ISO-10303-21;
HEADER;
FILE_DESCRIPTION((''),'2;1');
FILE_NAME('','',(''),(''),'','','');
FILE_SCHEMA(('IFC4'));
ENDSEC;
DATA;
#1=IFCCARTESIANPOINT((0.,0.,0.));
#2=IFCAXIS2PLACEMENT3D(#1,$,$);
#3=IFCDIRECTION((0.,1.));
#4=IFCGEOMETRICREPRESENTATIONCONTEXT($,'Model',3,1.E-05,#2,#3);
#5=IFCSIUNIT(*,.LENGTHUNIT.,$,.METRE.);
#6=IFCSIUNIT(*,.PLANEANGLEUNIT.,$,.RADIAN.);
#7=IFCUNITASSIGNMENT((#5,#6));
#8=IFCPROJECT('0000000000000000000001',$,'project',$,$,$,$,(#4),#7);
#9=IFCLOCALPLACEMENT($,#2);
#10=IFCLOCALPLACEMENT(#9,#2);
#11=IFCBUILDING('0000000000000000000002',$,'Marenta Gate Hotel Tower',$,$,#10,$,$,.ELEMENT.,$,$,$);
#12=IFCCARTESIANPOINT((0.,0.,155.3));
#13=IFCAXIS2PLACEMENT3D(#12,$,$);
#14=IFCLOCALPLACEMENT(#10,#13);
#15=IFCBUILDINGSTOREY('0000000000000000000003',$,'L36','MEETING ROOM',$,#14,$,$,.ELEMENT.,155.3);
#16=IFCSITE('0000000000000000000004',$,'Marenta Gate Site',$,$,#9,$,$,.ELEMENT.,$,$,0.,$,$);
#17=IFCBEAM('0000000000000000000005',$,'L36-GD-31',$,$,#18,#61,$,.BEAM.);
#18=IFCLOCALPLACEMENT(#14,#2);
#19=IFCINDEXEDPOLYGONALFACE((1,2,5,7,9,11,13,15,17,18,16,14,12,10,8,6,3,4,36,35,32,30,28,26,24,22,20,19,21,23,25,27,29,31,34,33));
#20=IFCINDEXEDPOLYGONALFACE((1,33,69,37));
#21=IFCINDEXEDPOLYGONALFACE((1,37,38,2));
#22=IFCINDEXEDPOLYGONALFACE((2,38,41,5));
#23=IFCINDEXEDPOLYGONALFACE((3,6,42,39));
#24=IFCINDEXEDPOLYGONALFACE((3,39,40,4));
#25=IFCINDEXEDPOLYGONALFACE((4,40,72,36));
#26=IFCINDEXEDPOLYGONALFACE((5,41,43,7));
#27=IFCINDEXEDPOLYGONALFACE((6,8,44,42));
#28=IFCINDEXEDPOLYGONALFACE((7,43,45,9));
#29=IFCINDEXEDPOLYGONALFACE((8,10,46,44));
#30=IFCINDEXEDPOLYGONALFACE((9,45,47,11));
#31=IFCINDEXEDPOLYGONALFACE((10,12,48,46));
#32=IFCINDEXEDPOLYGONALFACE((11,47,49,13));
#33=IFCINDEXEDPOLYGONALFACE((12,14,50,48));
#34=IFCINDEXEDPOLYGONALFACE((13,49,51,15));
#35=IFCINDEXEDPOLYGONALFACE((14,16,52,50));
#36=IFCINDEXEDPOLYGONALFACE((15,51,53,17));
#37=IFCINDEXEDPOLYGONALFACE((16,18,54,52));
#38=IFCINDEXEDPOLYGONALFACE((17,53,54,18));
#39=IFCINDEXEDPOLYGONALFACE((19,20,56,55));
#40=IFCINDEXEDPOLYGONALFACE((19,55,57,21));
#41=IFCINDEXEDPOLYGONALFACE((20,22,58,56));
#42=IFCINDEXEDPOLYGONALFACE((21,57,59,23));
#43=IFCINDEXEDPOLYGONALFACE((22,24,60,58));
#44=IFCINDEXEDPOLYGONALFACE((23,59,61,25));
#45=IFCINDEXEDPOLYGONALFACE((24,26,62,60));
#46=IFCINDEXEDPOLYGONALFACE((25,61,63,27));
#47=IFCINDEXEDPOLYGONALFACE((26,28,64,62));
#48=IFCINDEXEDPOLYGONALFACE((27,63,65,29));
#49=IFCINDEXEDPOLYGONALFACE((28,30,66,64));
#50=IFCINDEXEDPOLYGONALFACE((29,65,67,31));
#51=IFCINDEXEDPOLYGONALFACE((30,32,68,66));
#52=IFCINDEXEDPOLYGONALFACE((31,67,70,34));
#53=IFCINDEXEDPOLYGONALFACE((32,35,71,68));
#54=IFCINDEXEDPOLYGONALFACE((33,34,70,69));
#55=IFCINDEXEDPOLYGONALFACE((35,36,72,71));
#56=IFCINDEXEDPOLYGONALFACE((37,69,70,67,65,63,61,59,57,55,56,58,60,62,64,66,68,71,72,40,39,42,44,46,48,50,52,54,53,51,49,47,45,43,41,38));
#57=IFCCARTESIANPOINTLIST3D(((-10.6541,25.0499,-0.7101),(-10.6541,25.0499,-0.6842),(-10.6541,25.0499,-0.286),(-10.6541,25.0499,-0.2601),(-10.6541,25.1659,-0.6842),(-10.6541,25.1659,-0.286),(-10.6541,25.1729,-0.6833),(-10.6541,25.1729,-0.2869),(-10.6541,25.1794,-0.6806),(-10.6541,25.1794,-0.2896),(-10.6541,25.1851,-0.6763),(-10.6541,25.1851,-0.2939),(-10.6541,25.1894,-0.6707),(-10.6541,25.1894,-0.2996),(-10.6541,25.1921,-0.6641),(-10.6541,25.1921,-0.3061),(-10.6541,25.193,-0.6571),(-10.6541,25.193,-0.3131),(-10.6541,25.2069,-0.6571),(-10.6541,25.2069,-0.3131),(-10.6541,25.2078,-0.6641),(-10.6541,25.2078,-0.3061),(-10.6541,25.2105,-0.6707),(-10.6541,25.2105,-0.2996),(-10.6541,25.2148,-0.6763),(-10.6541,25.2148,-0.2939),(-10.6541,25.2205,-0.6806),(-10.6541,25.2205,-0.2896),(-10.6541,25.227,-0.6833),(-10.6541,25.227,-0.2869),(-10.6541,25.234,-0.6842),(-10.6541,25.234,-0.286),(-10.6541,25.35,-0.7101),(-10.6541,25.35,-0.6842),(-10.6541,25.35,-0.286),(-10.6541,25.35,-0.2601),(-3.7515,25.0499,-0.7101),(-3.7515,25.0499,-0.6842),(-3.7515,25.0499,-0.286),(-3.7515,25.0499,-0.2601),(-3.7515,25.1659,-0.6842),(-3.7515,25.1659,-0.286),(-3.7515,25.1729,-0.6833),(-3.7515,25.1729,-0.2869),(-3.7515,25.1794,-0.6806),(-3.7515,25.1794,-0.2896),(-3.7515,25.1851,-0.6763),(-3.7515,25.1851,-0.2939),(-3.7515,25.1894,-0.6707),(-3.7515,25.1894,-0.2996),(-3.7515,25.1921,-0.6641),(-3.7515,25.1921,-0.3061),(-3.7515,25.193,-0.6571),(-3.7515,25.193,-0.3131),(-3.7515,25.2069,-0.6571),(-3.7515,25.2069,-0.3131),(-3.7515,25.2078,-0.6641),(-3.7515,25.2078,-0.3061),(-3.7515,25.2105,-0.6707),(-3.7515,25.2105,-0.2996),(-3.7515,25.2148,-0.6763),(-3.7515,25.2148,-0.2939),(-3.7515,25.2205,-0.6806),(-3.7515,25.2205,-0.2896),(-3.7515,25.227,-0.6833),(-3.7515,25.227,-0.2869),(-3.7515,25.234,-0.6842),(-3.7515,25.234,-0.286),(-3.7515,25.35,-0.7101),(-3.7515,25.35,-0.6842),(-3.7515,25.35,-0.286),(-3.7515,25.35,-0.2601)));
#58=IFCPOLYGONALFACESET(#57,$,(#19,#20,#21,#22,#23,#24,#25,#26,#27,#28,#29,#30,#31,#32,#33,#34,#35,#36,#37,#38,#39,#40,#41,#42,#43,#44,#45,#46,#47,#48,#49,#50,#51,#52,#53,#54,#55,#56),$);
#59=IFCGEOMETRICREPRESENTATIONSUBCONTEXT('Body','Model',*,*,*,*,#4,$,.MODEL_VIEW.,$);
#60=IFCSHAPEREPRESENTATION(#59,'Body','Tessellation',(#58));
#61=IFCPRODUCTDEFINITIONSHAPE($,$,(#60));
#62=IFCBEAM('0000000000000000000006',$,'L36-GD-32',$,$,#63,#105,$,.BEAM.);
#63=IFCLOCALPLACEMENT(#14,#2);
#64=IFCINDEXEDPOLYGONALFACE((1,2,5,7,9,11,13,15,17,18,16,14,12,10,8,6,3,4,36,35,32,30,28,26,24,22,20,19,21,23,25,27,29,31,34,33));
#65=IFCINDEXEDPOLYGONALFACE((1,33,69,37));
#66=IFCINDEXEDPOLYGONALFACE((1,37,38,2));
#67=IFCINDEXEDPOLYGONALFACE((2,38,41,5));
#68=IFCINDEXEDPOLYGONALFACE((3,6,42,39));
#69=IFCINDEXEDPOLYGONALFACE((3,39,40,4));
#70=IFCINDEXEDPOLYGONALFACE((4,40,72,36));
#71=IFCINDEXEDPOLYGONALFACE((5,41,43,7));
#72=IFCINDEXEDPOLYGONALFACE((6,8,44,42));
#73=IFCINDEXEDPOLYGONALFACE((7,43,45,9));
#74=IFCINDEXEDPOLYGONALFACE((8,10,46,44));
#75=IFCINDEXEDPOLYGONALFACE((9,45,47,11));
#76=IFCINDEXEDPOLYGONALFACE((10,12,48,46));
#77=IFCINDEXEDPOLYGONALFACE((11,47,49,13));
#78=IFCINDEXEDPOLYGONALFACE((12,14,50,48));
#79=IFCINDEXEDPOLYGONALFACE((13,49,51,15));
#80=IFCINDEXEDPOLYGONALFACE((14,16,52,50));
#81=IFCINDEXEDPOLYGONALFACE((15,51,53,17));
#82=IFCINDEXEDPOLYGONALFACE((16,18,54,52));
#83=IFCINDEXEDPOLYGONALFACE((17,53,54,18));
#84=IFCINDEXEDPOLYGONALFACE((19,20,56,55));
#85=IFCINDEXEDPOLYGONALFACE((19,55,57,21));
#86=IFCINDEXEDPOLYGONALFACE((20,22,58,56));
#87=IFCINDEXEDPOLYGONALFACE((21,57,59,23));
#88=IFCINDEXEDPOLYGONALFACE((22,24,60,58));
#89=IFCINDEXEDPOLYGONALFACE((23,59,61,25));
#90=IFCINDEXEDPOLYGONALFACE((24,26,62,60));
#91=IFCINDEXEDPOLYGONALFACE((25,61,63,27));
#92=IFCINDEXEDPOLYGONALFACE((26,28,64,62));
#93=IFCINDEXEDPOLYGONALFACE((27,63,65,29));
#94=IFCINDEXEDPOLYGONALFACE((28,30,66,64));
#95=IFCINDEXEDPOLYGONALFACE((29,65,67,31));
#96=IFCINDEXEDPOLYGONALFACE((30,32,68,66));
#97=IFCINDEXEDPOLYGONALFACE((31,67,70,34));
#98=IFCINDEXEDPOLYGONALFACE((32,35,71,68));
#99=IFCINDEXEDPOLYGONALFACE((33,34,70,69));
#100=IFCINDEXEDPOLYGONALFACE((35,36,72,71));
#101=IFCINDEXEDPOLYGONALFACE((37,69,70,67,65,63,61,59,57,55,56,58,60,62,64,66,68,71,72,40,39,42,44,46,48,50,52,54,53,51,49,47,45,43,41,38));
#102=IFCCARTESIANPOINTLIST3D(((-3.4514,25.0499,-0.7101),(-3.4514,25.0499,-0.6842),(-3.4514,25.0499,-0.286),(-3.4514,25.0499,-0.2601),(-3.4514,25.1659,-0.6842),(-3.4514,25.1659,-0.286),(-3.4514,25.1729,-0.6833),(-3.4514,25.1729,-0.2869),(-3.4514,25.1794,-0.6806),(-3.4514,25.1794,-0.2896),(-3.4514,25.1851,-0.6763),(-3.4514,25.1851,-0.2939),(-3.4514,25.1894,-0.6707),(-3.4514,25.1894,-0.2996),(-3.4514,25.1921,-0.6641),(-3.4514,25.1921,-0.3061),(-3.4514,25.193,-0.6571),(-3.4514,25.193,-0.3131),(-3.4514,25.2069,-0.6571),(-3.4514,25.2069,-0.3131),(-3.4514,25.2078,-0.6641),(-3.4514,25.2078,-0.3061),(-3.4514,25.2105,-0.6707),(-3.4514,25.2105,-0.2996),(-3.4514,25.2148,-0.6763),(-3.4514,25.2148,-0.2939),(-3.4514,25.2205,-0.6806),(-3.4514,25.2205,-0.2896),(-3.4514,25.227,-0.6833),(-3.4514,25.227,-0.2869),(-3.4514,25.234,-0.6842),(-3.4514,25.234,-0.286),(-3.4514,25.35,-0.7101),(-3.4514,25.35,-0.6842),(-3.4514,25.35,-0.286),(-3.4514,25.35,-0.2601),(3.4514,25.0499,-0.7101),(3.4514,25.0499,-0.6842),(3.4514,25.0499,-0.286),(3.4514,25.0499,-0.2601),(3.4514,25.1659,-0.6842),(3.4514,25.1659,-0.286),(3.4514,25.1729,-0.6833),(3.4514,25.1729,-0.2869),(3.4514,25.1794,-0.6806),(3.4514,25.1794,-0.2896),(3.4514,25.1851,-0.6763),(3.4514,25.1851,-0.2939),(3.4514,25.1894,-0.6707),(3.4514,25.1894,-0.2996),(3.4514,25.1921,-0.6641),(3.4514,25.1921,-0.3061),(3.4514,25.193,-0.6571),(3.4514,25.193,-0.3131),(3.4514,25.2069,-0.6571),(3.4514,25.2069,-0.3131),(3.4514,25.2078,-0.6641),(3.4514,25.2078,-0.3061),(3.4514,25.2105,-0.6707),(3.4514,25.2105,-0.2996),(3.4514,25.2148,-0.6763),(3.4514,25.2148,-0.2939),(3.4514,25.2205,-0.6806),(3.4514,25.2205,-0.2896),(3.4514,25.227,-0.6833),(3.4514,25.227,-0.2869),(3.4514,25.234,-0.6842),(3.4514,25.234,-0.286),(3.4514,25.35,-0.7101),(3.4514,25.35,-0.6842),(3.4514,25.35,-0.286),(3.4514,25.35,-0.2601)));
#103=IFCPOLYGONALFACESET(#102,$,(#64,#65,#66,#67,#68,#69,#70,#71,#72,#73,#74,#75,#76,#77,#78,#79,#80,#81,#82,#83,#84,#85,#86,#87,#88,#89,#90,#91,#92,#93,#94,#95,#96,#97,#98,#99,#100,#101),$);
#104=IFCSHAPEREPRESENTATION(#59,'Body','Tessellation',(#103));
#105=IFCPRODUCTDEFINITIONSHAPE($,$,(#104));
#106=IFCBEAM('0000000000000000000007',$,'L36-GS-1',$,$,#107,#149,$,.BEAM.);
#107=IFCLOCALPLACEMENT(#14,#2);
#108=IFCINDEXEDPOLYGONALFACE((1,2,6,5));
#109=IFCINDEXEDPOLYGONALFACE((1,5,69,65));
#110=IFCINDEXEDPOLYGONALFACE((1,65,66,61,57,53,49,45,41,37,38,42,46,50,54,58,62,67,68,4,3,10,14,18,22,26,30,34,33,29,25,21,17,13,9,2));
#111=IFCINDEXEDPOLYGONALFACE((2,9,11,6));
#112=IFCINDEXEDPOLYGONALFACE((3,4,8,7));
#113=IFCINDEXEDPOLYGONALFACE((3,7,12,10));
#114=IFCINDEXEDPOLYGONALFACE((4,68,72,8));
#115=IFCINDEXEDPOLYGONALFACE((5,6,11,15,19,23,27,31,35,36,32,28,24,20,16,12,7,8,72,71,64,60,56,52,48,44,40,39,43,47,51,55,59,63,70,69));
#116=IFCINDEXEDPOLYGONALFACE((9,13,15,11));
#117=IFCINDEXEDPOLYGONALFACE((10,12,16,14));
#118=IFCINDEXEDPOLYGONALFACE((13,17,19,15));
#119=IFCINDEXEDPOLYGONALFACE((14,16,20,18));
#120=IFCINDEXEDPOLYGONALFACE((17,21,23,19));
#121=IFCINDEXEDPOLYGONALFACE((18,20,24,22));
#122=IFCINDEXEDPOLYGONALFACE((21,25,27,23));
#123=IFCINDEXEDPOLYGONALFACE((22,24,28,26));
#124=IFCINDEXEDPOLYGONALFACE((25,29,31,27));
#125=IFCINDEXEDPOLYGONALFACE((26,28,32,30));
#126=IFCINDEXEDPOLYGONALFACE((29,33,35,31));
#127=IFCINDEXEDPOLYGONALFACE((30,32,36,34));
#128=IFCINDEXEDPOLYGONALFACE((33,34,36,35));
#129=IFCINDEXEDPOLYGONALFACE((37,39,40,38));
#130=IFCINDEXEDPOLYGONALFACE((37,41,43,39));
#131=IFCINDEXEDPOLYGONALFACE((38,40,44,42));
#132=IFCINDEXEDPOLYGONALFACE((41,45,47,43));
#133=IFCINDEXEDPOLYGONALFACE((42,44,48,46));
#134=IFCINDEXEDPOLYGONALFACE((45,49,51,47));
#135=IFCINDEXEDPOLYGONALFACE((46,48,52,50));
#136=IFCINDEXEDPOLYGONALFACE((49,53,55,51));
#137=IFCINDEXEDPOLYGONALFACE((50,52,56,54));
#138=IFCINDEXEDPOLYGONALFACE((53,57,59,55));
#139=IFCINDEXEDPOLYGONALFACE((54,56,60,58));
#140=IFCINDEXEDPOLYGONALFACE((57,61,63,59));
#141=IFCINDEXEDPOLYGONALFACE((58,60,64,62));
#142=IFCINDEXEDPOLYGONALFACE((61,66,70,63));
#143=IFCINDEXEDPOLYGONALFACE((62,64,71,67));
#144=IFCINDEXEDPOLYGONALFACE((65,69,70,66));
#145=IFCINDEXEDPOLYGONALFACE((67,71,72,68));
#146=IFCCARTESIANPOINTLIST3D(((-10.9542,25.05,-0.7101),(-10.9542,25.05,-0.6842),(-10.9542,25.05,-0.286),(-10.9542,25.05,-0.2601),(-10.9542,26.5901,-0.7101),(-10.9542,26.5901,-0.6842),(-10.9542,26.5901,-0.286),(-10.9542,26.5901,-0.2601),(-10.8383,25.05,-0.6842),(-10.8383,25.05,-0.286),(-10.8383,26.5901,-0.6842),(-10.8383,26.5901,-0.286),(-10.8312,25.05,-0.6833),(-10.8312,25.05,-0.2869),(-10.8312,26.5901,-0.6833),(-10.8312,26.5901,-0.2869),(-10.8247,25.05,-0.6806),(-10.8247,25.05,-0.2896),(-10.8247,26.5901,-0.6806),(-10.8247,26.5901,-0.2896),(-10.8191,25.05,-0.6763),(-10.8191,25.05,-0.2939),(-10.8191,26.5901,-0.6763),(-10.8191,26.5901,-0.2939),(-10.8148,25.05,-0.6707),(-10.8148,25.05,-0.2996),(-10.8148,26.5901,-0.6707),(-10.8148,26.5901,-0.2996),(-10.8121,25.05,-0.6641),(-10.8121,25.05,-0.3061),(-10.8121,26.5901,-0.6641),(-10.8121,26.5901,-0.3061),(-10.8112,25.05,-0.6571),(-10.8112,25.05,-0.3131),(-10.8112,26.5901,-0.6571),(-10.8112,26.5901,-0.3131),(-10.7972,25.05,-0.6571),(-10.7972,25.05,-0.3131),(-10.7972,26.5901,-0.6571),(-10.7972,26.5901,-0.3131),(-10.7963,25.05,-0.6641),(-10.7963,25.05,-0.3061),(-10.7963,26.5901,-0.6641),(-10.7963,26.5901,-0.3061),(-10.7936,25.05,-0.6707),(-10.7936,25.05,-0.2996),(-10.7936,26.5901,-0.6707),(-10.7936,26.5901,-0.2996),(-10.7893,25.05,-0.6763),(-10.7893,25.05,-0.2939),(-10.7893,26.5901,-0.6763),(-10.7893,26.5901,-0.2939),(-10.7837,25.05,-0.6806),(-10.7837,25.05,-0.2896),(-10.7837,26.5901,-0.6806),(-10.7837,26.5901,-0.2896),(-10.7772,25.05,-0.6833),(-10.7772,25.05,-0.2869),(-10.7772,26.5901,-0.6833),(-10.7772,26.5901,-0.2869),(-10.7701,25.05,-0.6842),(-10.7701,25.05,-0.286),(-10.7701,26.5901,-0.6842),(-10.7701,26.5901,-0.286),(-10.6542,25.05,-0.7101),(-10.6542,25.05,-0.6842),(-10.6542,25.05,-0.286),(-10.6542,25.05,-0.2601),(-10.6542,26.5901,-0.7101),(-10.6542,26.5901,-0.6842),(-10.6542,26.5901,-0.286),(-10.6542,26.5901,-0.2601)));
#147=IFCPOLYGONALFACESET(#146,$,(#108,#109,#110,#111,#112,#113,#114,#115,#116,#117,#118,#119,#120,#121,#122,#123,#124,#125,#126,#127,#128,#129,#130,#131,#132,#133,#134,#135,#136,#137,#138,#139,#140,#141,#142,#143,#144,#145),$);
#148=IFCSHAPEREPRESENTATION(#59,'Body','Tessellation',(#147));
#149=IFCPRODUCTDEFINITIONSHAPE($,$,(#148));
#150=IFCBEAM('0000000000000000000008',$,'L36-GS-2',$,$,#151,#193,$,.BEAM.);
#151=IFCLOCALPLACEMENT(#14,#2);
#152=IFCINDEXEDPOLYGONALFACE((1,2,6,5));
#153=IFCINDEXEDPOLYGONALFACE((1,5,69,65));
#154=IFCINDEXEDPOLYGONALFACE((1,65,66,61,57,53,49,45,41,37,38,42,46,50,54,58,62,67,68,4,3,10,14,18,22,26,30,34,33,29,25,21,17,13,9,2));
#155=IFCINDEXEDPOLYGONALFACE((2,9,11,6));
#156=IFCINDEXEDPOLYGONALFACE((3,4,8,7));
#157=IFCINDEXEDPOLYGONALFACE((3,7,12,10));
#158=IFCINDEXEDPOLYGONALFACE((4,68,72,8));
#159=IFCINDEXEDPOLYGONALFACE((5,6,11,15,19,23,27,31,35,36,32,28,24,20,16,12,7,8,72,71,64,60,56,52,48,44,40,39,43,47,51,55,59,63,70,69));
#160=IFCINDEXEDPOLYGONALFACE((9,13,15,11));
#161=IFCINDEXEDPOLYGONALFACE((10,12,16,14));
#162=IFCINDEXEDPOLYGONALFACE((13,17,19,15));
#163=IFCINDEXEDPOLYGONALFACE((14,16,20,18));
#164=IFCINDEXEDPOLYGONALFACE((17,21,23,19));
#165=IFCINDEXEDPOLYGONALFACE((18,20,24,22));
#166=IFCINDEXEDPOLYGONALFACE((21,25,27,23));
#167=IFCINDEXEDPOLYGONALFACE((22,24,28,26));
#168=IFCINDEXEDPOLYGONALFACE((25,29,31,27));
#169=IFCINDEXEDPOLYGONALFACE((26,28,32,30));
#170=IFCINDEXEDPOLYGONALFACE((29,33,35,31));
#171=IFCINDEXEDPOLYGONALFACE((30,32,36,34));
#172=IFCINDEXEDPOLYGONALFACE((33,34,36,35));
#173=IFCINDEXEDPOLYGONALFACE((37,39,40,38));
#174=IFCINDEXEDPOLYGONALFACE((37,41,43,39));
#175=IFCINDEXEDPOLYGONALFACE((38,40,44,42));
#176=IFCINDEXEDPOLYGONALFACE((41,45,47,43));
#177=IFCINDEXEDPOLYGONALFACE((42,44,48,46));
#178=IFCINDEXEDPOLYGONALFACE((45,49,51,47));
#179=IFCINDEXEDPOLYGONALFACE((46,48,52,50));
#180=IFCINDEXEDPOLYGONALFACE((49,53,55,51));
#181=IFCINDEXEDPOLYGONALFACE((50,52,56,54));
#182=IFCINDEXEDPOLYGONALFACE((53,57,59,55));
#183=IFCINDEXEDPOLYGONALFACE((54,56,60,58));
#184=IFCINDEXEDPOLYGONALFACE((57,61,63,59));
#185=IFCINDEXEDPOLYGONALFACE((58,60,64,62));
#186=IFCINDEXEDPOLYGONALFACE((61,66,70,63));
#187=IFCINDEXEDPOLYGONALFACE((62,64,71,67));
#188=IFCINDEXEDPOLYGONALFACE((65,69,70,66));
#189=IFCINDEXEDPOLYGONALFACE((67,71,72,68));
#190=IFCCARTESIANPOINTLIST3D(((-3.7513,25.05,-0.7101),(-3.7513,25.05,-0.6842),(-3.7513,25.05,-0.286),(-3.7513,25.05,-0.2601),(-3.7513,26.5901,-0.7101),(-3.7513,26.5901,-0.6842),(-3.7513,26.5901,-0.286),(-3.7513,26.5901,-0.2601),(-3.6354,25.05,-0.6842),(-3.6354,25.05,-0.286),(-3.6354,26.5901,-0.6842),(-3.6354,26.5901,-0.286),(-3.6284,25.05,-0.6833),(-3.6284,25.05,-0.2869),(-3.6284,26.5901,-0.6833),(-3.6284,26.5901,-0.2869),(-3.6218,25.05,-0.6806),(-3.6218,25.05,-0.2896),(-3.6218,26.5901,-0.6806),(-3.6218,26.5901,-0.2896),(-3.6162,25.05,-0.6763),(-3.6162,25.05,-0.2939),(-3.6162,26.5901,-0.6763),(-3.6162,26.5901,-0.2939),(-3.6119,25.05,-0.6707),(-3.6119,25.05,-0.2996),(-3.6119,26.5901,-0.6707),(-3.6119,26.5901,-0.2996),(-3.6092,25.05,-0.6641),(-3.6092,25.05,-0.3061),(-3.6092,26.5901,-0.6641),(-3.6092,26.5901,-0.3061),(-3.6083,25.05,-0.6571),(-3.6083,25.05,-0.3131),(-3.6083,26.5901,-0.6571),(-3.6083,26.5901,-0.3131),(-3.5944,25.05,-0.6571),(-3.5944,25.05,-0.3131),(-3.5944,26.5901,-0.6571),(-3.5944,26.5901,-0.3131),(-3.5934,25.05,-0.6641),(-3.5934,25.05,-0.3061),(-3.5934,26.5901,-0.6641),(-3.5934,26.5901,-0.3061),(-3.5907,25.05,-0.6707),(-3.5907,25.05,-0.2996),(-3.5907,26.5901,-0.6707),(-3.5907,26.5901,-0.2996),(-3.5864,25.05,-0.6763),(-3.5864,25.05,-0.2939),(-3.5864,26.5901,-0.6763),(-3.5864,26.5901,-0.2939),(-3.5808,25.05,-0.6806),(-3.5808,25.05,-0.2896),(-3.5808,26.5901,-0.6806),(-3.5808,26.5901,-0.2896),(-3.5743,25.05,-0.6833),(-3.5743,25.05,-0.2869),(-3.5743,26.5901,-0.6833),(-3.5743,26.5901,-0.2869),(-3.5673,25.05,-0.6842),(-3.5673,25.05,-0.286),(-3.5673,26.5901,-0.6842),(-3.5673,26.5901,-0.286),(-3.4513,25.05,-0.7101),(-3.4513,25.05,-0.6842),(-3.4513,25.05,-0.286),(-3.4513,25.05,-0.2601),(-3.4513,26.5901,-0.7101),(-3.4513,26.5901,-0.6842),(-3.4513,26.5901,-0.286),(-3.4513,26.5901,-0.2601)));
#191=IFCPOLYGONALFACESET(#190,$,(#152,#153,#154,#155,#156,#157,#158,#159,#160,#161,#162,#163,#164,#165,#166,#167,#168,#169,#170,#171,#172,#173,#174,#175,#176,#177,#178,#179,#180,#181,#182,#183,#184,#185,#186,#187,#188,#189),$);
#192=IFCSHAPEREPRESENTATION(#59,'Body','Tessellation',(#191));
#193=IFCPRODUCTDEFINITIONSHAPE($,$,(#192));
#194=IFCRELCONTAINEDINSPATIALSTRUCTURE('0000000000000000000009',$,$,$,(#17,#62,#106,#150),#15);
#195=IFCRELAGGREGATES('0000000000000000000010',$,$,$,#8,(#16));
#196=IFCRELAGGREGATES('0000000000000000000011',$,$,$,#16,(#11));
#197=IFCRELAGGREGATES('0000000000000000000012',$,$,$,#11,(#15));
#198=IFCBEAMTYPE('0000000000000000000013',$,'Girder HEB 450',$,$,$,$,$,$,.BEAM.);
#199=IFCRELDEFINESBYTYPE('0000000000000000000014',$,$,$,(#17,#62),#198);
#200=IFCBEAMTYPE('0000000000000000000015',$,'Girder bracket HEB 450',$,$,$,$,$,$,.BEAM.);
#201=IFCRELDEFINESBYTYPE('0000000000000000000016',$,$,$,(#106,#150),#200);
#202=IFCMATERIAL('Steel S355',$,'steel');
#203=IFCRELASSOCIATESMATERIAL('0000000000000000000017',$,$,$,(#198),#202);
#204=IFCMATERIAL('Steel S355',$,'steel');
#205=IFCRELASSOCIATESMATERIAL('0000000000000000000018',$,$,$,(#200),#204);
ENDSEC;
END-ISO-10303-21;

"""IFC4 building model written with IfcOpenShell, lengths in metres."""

from ifc_helpers import new_model, si_unit, direction, frame, origin, origin_2d, place, context, subcontext, project, spatial, i_section, extrude, material, material_profile, profile_set, type_object, element, save


model = new_model("IFC4")

# Units and contexts
model_context = context("Model", 3, precision=1e-05, world=origin(), true_north=direction((0.0, 1.0)))
body_context = subcontext(model_context, "Body", "Model", "MODEL_VIEW")
ifc_project = project(units=[si_unit("LENGTHUNIT", "METRE"), si_unit("PLANEANGLEUNIT", "RADIAN")], contexts=[model_context])

# Site, building, storey
site_placement = place(None, origin())
site = spatial("IfcSite", under=ifc_project, at=site_placement, Name="Marenta Gate Site", CompositionType="ELEMENT", RefElevation=0.0)
building_placement = place(site_placement, origin())
building = spatial("IfcBuilding", under=site, at=building_placement, Name="Marenta Gate Hotel Tower", CompositionType="ELEMENT")
storey_placement = place(building_placement, frame((0.0, 0.0, 155.3)))
storey = spatial("IfcBuildingStorey", under=building, at=storey_placement, Name="L36", Description="MEETING ROOM", CompositionType="ELEMENT", Elevation=155.3)

# Beams
ifc_material_1 = material(Name="Steel S355", Category="steel")
ifc_material_profile_1 = material_profile(ifc_material_1, i_section(OverallWidth=0.3, OverallDepth=0.45, WebThickness=0.0139, FlangeThickness=0.0259, FilletRadius=0.0271, at=origin_2d()), Name="HEB 450")
ifc_profile_set_1 = profile_set([ifc_material_profile_1], Name="Steel S355")
beam_type_1 = type_object("IfcBeamType", Name="Girder HEB 450", PredefinedType="BEAM", material=ifc_profile_set_1)
beam_1_placement = place(storey_placement, frame((-10.6541, 25.2, -0.4851), z_axis=(1.0, 0.0, 0.0), x_axis=(0.0, 1.0, 0.0)))
element("IfcBeam", 1, at=beam_1_placement, inside=storey, type_object=beam_type_1, Name="L36-GD-31", PredefinedType="BEAM", context=body_context, shape_type="SweptSolid", body=[
    extrude(i_section(OverallWidth=0.3, OverallDepth=0.45, WebThickness=0.0139, FlangeThickness=0.0259, FilletRadius=0.0271, at=origin_2d()), origin(), (0.0, 0.0, 1.0), 6.9026),
])
beam_2_placement = place(storey_placement, frame((-3.4514, 25.2, -0.4851), z_axis=(1.0, 0.0, 0.0), x_axis=(0.0, 1.0, 0.0)))
element("IfcBeam", 2, at=beam_2_placement, inside=storey, type_object=beam_type_1, Name="L36-GD-32", PredefinedType="BEAM", context=body_context, shape_type="SweptSolid", body=[
    extrude(i_section(OverallWidth=0.3, OverallDepth=0.45, WebThickness=0.0139, FlangeThickness=0.0259, FilletRadius=0.0271, at=origin_2d()), origin(), (0.0, 0.0, 1.0), 6.9028),
])
ifc_material_2 = material(Name="Steel S355", Category="steel")
ifc_material_profile_2 = material_profile(ifc_material_2, i_section(OverallWidth=0.3, OverallDepth=0.45, WebThickness=0.0139, FlangeThickness=0.0259, FilletRadius=0.0271, at=origin_2d()), Name="HEB 450")
ifc_profile_set_2 = profile_set([ifc_material_profile_2], Name="Steel S355")
beam_type_2 = type_object("IfcBeamType", Name="Girder bracket HEB 450", PredefinedType="BEAM", material=ifc_profile_set_2)
for number, where, z_axis, x_axis, name in (
    (3, (-10.8042, 25.05, -0.4851), (0.0, 1.0, 0.0), (-1.0, 0.0, 0.0), "L36-GS-1"),
    (4, (-3.6013, 25.05, -0.4851), (0.0, 1.0, 0.0), (-1.0, 0.0, 0.0), "L36-GS-2"),
):
    element("IfcBeam", number, at=place(storey_placement, frame(where, z_axis=z_axis, x_axis=x_axis)), inside=storey, type_object=beam_type_2, Name=name, PredefinedType="BEAM", context=body_context, shape_type="SweptSolid", body=[
        extrude(i_section(OverallWidth=0.3, OverallDepth=0.45, WebThickness=0.0139, FlangeThickness=0.0259, FilletRadius=0.0271, at=origin_2d()), origin(), (0.0, 0.0, 1.0), 1.54),
    ])

save(model, "model.ifc")
